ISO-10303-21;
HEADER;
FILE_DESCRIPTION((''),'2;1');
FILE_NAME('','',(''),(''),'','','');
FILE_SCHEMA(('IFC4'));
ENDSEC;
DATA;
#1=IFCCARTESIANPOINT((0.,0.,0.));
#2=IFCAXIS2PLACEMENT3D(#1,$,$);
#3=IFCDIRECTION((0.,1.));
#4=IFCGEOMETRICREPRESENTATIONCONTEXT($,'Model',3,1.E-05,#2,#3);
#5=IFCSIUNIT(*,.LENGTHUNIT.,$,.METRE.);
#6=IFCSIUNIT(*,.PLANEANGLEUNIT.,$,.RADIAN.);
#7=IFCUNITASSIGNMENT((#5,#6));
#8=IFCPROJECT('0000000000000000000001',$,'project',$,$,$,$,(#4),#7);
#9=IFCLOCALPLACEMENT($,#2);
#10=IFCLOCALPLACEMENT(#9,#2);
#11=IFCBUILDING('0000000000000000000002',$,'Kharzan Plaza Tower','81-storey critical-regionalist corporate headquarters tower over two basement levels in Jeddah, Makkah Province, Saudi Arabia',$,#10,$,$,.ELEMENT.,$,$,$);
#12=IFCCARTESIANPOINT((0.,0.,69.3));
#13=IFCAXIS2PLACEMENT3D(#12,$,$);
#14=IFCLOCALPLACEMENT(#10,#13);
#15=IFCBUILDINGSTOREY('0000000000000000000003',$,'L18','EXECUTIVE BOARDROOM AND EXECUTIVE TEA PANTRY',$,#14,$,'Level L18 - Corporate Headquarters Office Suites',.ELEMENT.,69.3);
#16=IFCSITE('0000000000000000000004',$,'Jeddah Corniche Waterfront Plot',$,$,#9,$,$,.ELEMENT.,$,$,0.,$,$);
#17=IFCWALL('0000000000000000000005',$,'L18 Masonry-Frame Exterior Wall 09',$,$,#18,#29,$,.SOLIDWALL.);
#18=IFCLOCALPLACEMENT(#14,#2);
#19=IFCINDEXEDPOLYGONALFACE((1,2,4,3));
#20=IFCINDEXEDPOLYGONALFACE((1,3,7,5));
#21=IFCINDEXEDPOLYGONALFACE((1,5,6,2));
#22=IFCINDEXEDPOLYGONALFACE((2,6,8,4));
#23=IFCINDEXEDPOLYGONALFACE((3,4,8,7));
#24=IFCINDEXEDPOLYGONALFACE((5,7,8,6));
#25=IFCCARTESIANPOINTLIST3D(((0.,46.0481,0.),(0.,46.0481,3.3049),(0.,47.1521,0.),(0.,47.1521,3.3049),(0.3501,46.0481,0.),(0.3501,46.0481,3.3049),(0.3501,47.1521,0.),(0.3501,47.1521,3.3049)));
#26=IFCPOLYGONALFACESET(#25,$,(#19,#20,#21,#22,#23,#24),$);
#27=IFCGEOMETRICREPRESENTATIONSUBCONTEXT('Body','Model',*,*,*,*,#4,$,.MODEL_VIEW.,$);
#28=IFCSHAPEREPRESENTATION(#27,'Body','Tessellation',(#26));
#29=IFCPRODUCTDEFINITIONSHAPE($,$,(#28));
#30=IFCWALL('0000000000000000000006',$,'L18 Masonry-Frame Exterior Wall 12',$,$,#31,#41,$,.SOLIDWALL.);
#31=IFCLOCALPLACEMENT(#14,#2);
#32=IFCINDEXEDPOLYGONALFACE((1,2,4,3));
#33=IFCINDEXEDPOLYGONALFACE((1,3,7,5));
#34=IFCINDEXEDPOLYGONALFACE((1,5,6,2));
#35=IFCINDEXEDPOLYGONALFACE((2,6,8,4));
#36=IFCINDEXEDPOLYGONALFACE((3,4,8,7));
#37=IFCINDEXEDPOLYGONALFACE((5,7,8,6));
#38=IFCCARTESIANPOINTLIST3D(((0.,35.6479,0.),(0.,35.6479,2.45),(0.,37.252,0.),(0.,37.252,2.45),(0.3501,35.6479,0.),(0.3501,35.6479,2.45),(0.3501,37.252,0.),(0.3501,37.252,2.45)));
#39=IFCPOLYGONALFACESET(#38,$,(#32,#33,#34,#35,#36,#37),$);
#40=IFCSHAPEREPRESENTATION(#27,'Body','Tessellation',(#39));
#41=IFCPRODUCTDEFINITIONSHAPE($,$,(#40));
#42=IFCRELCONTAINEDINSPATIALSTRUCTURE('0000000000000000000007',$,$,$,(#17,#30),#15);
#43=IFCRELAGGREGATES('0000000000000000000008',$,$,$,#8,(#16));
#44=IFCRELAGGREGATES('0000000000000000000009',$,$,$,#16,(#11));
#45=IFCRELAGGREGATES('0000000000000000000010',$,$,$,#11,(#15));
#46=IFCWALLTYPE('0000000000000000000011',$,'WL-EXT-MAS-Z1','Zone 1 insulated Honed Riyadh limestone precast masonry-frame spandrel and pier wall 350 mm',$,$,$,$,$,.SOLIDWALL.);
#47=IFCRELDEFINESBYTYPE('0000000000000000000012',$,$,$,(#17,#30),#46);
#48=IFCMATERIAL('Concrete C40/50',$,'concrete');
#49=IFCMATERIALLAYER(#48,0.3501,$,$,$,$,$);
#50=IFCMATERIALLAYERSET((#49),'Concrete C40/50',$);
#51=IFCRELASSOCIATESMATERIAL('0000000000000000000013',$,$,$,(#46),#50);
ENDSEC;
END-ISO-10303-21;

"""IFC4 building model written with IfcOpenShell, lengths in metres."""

from ifc_helpers import new_model, si_unit, direction, frame, frame_2d, origin, place, context, subcontext, project, spatial, rectangle, extrude, source, transform, mapped, material, layer, layer_set, type_object, element, save


model = new_model("IFC4")

# Units and contexts
model_context = context("Model", 3, precision=1e-05, world=origin(), true_north=direction((0.0, 1.0)))
body_context = subcontext(model_context, "Body", "Model", "MODEL_VIEW")
ifc_project = project(units=[si_unit("LENGTHUNIT", "METRE"), si_unit("PLANEANGLEUNIT", "RADIAN")], contexts=[model_context])

# Site, building, storey
site_placement = place(None, origin())
site = spatial("IfcSite", under=ifc_project, at=site_placement, Name="Jeddah Corniche Waterfront Plot", CompositionType="ELEMENT", RefElevation=0.0)
building_placement = place(site_placement, origin())
building = spatial("IfcBuilding", under=site, at=building_placement, Name="Kharzan Plaza Tower", Description="81-storey critical-regionalist corporate headquarters tower over two basement levels in Jeddah, Makkah Province, Saudi Arabia", CompositionType="ELEMENT")
storey_placement = place(building_placement, frame((0.0, 0.0, 69.3)))
storey = spatial("IfcBuildingStorey", under=building, at=storey_placement, Name="L18", Description="EXECUTIVE BOARDROOM AND EXECUTIVE TEA PANTRY", LongName="Level L18 - Corporate Headquarters Office Suites", CompositionType="ELEMENT", Elevation=69.3)

# Shared definitions
ifc_material_1 = material(Name="Concrete C40/50", Category="concrete")
ifc_layer_1 = layer(ifc_material_1, 0.3501)
ifc_layer_set_1 = layer_set([ifc_layer_1], Name="Concrete C40/50")
wall_type = type_object("IfcWallType", Name="WL-EXT-MAS-Z1", Description="Zone 1 insulated Honed Riyadh limestone precast masonry-frame spandrel and pier wall 350 mm", PredefinedType="SOLIDWALL", material=ifc_layer_set_1)

# Walls
shared_shape_1 = source(origin(), body_context, "Body", "SweptSolid", [
    extrude(rectangle(XDim=1.104, YDim=0.3501, at=frame_2d((0.552, 0.0))), origin(), (0.0, 0.0, 1.0), 3.3049),
])
wall_1_placement = place(storey_placement, frame((0.175, 47.1521, 0.0), z_axis=(0.0, 0.0, 1.0), x_axis=(0.0, -1.0, 0.0)))
element("IfcWall", 1, at=wall_1_placement, inside=storey, type_object=wall_type, Name="L18 Masonry-Frame Exterior Wall 09", PredefinedType="SOLIDWALL", context=body_context, shape_type="MappedRepresentation", body=[
    mapped(shared_shape_1, transform((0.0, 0.0, 0.0), x_axis=(1.0, 0.0, 0.0), y_axis=(0.0, 1.0, 0.0), z_axis=(0.0, 0.0, 1.0))),
])
shared_shape_2 = source(origin(), body_context, "Body", "SweptSolid", [
    extrude(rectangle(XDim=1.604, YDim=0.3501, at=frame_2d((0.802, 0.0))), origin(), (0.0, 0.0, 1.0), 2.45),
])
wall_2_placement = place(storey_placement, frame((0.175, 37.252, 0.0), z_axis=(0.0, 0.0, 1.0), x_axis=(0.0, -1.0, 0.0)))
element("IfcWall", 2, at=wall_2_placement, inside=storey, type_object=wall_type, Name="L18 Masonry-Frame Exterior Wall 12", PredefinedType="SOLIDWALL", context=body_context, shape_type="MappedRepresentation", body=[
    mapped(shared_shape_2, transform((0.0, 0.0, 0.0), x_axis=(1.0, 0.0, 0.0), y_axis=(0.0, 1.0, 0.0), z_axis=(0.0, 0.0, 1.0))),
])

save(model, "model.ifc")
